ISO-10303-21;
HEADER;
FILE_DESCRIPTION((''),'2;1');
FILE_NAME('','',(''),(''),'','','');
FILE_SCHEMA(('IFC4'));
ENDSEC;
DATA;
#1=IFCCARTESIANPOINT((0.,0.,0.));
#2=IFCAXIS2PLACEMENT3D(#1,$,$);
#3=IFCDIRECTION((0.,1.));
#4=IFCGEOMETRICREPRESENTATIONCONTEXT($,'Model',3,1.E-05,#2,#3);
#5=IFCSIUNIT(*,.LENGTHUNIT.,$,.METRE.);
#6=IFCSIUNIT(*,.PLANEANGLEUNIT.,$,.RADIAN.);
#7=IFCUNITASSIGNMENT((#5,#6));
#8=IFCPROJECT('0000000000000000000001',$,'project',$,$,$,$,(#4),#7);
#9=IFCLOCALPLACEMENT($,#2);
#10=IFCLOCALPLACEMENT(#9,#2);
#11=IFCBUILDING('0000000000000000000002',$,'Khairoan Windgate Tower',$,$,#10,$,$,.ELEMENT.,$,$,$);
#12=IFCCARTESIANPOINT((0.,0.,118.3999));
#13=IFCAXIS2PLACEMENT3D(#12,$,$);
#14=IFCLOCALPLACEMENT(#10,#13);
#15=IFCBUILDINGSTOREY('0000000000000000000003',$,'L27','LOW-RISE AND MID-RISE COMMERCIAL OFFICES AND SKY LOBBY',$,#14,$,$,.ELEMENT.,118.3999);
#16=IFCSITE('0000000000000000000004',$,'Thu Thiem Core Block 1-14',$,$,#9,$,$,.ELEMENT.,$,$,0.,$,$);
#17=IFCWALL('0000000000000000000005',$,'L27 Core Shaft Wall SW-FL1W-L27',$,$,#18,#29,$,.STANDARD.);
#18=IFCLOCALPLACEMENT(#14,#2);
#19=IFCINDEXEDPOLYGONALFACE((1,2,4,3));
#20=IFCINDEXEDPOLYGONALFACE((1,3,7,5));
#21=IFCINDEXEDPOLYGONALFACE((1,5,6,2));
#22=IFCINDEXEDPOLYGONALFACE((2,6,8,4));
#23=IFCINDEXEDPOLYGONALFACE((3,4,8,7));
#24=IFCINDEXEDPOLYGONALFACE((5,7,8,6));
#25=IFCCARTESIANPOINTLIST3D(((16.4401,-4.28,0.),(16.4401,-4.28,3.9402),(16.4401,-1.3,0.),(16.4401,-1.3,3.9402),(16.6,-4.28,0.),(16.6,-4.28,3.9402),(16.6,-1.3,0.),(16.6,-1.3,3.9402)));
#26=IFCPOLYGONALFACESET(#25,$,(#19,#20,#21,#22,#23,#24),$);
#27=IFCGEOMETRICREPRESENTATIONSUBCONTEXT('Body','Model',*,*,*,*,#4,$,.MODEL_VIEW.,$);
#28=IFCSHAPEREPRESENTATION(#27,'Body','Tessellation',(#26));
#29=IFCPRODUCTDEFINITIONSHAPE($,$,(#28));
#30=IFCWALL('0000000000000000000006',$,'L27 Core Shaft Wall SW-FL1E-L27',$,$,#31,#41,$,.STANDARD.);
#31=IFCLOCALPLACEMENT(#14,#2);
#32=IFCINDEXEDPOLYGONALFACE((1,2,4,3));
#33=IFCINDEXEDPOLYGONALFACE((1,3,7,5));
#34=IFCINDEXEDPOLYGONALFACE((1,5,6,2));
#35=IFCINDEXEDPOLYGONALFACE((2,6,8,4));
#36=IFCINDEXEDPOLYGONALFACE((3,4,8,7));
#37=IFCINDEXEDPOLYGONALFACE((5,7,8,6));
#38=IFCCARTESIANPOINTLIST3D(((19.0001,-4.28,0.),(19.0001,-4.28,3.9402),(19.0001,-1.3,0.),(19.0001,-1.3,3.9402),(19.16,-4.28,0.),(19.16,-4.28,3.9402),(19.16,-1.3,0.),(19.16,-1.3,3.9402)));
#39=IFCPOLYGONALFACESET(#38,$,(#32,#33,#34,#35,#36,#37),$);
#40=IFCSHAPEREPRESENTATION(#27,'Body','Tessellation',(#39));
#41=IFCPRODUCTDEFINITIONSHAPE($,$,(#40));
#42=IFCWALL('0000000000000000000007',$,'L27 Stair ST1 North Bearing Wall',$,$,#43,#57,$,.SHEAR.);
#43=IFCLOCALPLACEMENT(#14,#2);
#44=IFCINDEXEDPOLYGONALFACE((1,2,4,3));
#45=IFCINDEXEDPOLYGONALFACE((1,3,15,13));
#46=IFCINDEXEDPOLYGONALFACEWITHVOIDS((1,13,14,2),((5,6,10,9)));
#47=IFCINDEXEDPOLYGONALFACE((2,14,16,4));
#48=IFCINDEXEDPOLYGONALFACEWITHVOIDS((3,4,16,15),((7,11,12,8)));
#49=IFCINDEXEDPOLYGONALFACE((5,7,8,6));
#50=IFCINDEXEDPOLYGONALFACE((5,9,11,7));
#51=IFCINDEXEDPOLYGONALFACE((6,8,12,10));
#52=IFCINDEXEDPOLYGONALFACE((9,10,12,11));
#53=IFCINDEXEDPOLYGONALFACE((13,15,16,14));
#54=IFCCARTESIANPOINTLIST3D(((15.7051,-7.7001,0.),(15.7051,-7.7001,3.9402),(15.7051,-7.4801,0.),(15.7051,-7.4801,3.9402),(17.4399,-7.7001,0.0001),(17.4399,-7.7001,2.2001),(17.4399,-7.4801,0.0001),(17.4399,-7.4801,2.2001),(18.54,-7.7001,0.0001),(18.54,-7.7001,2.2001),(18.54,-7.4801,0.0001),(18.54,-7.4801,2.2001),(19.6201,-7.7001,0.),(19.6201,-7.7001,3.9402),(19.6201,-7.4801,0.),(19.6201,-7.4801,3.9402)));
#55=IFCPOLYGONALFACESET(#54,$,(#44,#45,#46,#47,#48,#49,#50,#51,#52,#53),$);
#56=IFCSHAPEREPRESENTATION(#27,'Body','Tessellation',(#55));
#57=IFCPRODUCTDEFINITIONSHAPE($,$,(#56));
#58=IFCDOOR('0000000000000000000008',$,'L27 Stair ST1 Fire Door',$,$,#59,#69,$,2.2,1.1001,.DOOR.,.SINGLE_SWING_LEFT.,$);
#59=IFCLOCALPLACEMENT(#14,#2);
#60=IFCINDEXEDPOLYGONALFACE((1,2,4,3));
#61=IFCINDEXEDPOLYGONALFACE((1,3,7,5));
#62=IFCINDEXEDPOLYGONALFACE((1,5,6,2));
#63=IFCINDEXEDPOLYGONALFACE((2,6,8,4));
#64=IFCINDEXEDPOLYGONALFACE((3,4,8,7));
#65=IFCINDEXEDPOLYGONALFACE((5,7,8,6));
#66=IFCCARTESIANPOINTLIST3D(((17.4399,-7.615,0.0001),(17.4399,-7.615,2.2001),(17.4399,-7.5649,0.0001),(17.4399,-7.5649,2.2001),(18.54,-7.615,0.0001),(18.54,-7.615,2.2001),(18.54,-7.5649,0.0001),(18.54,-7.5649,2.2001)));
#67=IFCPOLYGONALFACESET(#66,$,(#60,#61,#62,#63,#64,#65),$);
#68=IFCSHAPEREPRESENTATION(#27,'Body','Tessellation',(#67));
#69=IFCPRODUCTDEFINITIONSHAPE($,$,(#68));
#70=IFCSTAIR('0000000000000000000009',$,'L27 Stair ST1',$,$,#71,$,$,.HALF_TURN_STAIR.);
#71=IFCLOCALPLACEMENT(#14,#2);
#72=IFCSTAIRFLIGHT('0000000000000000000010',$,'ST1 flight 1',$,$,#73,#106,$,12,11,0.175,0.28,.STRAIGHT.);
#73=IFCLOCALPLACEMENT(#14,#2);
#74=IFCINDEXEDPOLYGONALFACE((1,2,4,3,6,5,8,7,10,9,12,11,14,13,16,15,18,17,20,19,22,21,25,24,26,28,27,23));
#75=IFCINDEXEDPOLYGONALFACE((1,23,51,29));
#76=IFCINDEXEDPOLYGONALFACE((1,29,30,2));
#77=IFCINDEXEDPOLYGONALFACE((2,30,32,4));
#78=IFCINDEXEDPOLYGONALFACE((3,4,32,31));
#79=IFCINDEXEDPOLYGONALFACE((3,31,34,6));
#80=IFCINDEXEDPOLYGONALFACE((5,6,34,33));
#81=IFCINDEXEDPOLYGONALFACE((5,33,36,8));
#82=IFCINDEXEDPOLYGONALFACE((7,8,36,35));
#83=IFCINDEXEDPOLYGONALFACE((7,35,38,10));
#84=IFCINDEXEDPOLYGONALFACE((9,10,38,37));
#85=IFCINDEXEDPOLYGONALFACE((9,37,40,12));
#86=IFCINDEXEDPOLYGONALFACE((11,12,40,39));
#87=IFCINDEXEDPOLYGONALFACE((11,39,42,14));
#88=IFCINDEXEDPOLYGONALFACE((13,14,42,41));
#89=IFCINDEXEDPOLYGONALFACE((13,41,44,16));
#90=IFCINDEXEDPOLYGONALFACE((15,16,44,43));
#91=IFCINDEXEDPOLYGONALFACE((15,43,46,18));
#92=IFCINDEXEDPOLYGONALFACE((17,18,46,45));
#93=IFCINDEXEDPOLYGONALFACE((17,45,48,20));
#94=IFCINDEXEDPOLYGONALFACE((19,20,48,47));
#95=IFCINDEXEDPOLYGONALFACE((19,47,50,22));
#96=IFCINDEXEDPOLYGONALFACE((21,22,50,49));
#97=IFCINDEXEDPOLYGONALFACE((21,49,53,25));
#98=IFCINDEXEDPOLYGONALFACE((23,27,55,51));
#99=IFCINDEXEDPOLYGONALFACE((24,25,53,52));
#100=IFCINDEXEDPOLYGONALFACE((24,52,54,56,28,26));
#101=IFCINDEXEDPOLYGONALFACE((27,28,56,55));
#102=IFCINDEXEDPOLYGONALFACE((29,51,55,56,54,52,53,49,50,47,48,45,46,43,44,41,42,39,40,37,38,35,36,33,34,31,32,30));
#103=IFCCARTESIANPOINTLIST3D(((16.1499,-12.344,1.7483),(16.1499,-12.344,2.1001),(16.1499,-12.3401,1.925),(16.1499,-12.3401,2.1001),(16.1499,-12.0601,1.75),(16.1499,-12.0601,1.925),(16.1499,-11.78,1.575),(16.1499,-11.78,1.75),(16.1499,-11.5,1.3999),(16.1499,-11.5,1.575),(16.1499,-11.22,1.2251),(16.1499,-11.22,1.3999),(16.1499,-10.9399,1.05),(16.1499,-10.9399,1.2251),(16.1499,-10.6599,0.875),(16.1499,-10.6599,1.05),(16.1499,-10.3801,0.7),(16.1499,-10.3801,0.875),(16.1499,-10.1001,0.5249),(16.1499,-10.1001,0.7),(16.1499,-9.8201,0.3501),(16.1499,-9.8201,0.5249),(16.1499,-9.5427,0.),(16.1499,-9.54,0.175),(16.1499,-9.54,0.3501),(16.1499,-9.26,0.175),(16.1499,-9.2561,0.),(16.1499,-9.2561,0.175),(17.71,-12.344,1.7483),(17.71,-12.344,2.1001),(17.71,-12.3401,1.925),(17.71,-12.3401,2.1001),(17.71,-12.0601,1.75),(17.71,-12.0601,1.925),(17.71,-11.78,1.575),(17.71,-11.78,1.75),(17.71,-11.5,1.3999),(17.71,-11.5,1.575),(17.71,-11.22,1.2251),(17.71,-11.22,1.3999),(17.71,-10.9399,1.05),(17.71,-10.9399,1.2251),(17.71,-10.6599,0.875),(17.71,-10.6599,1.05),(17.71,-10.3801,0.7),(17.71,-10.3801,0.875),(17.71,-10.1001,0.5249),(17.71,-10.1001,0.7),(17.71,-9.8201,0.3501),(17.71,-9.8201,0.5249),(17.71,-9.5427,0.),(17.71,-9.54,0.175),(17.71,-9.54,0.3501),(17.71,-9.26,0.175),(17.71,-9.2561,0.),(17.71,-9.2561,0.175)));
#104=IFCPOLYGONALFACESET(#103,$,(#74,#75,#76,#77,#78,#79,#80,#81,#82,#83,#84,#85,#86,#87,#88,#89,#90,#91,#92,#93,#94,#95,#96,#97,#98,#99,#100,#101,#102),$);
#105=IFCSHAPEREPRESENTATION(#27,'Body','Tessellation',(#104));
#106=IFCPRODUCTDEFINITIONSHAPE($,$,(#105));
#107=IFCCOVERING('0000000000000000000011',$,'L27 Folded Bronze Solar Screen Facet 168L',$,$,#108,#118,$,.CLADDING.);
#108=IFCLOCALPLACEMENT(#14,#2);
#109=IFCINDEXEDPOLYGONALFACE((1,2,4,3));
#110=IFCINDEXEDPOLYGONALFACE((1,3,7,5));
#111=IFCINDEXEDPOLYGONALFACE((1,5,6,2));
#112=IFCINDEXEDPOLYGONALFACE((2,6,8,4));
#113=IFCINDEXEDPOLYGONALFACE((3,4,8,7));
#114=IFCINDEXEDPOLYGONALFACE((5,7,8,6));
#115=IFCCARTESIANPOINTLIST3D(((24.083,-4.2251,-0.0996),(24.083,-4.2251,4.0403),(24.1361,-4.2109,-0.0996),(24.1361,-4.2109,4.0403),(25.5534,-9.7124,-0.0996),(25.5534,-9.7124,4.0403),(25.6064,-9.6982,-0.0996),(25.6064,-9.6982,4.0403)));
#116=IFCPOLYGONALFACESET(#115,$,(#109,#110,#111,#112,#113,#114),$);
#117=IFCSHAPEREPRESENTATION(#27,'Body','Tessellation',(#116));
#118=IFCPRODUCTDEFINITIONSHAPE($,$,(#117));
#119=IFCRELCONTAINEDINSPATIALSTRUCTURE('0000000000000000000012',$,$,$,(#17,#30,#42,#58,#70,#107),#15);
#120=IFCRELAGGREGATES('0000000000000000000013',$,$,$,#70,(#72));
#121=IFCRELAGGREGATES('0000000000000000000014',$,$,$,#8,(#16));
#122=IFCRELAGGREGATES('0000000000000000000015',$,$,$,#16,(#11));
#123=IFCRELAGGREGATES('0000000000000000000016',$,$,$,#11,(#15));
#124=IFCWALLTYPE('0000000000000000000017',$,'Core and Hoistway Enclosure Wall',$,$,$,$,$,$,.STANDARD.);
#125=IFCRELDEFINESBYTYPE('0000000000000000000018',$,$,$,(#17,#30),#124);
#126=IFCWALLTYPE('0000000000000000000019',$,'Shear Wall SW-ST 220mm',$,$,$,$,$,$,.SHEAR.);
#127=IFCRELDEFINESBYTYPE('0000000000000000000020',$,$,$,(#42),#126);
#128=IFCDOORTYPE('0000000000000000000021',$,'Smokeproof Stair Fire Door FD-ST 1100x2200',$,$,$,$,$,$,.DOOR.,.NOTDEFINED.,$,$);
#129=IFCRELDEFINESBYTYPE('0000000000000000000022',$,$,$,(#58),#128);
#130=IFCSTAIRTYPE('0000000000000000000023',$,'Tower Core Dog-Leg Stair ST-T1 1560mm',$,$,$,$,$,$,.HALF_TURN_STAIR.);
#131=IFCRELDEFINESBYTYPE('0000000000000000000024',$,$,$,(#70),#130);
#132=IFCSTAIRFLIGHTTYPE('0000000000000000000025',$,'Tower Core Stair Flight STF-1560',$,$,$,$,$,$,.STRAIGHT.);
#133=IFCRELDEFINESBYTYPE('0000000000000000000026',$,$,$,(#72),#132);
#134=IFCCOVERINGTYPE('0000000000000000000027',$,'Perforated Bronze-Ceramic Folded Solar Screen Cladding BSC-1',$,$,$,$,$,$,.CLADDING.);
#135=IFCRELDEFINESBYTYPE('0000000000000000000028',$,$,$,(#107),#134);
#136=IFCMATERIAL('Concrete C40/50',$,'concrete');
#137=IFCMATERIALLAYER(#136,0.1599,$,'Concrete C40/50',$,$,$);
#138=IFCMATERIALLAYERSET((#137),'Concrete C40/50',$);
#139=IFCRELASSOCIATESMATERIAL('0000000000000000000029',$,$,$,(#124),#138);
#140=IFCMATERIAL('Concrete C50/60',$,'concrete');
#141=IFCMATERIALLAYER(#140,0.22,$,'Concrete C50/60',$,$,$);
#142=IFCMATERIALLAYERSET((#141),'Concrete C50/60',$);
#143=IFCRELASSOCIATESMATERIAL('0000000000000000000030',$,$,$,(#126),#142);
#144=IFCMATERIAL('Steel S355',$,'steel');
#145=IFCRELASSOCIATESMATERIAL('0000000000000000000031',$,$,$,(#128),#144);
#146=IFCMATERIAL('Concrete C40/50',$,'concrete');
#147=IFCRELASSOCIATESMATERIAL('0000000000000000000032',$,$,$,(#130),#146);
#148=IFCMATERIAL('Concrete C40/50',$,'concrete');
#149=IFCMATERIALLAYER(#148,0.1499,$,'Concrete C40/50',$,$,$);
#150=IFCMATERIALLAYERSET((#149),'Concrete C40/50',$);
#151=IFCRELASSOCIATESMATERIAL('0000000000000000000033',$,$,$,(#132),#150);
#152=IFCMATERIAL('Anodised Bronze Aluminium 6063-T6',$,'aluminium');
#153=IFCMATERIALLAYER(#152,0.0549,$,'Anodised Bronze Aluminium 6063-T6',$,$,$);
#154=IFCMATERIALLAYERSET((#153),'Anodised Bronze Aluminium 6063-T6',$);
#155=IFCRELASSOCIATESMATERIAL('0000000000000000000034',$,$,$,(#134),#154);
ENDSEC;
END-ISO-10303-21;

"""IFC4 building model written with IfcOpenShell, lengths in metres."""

from ifc_helpers import new_model, si_unit, direction, frame, frame_2d, origin, origin_2d, place, context, subcontext, project, spatial, polyline, rectangle, outline, extrude, material, layer, layer_set, type_object, element, fill, aggregate, save


model = new_model("IFC4")

# Units and contexts
model_context = context("Model", 3, precision=1e-05, world=origin(), true_north=direction((0.0, 1.0)))
body_context = subcontext(model_context, "Body", "Model", "MODEL_VIEW")
ifc_project = project(units=[si_unit("LENGTHUNIT", "METRE"), si_unit("PLANEANGLEUNIT", "RADIAN")], contexts=[model_context])

# Site, building, storey
site_placement = place(None, origin())
site = spatial("IfcSite", under=ifc_project, at=site_placement, Name="Thu Thiem Core Block 1-14", CompositionType="ELEMENT", RefElevation=0.0)
building_placement = place(site_placement, origin())
building = spatial("IfcBuilding", under=site, at=building_placement, Name="Khairoan Windgate Tower", CompositionType="ELEMENT")
storey_placement = place(building_placement, frame((0.0, 0.0, 118.3999)))
storey = spatial("IfcBuildingStorey", under=building, at=storey_placement, Name="L27", Description="LOW-RISE AND MID-RISE COMMERCIAL OFFICES AND SKY LOBBY", CompositionType="ELEMENT", Elevation=118.3999)

# Walls
ifc_material_1 = material(Name="Concrete C40/50", Category="concrete")
ifc_layer_1 = layer(ifc_material_1, 0.1599, Name="Concrete C40/50")
ifc_layer_set_1 = layer_set([ifc_layer_1], Name="Concrete C40/50")
wall_type_1 = type_object("IfcWallType", Name="Core and Hoistway Enclosure Wall", PredefinedType="STANDARD", material=ifc_layer_set_1)
for number, where, z_axis, x_axis, name in (
    (1, (16.52, -4.28, 0.0), (0.0, 0.0, 1.0), (0.0, 1.0, 0.0), "L27 Core Shaft Wall SW-FL1W-L27"),
    (2, (19.0801, -4.28, 0.0), (0.0, 0.0, 1.0), (0.0, 1.0, 0.0), "L27 Core Shaft Wall SW-FL1E-L27"),
):
    element("IfcWall", number, at=place(storey_placement, frame(where, z_axis=z_axis, x_axis=x_axis)), inside=storey, type_object=wall_type_1, Name=name, PredefinedType="STANDARD", context=body_context, shape_type="SweptSolid", body=[
        extrude(rectangle(XDim=2.98, YDim=0.1599, at=frame_2d((1.49, 0.0))), origin(), (0.0, 0.0, 1.0), 3.9402),
    ])

# Wall, opening, door
ifc_material_2 = material(Name="Concrete C50/60", Category="concrete")
ifc_layer_2 = layer(ifc_material_2, 0.22, Name="Concrete C50/60")
ifc_layer_set_2 = layer_set([ifc_layer_2], Name="Concrete C50/60")
wall_type_2 = type_object("IfcWallType", Name="Shear Wall SW-ST 220mm", PredefinedType="SHEAR", material=ifc_layer_set_2)
wall_placement = place(storey_placement, frame((19.6201, -7.5901, 0.0), z_axis=(0.0, 0.0, 1.0), x_axis=(-1.0, 0.0, 0.0)))
wall = element("IfcWall", 3, at=wall_placement, inside=storey, type_object=wall_type_2, Name="L27 Stair ST1 North Bearing Wall", PredefinedType="SHEAR", context=body_context, shape_type="SweptSolid", body=[
    extrude(rectangle(XDim=3.915, YDim=0.22, at=frame_2d((1.9575, 0.0))), origin(), (0.0, 0.0, 1.0), 3.9402),
])
opening_placement = place(wall_placement, frame((1.0801, 0.0, 0.0)))
opening = element("IfcOpeningElement", 4, at=opening_placement, cuts=wall, PredefinedType="OPENING", context=body_context, shape_type="SweptSolid", body=[
    extrude(rectangle(XDim=1.1001, YDim=2.2, at=frame_2d((0.55, 1.1001))), frame((0.0, 0.1199, 0.0), z_axis=(0.0, -1.0, 0.0), x_axis=(1.0, 0.0, 0.0)), (0.0, 0.0, 1.0), 0.24),
])
ifc_material_3 = material(Name="Steel S355", Category="steel")
door_type = type_object("IfcDoorType", Name="Smokeproof Stair Fire Door FD-ST 1100x2200", OperationType="NOTDEFINED", PredefinedType="DOOR", material=ifc_material_3)
door_placement = place(opening_placement, origin())
door = element("IfcDoor", 5, at=door_placement, inside=storey, type_object=door_type, Name="L27 Stair ST1 Fire Door", OperationType="SINGLE_SWING_LEFT", OverallHeight=2.2, OverallWidth=1.1001, PredefinedType="DOOR", context=body_context, shape_type="SweptSolid", body=[
    extrude(rectangle(XDim=1.1001, YDim=2.2, at=frame_2d((0.55, 1.1001))), frame((0.0, 0.0249, 0.0), z_axis=(0.0, -1.0, 0.0), x_axis=(1.0, 0.0, 0.0)), (0.0, 0.0, 1.0), 0.05),
])
fill(opening, door)

# Stair, stair flight
ifc_material_4 = material(Name="Concrete C40/50", Category="concrete")
stair_type = type_object("IfcStairType", Name="Tower Core Dog-Leg Stair ST-T1 1560mm", PredefinedType="HALF_TURN_STAIR", material=ifc_material_4)
stair_placement = place(storey_placement, origin())
stair = element("IfcStair", 6, at=stair_placement, inside=storey, type_object=stair_type, Name="L27 Stair ST1", PredefinedType="HALF_TURN_STAIR")
ifc_material_5 = material(Name="Concrete C40/50", Category="concrete")
ifc_layer_3 = layer(ifc_material_5, 0.1499, Name="Concrete C40/50")
ifc_layer_set_3 = layer_set([ifc_layer_3], Name="Concrete C40/50")
stair_flight_type = type_object("IfcStairFlightType", Name="Tower Core Stair Flight STF-1560", PredefinedType="STRAIGHT", material=ifc_layer_set_3)
stair_flight_placement = place(storey_placement, frame((16.9299, -9.26, 0.0), z_axis=(0.0, 0.0, 1.0), x_axis=(0.0, -1.0, 0.0)))
stair_flight = element("IfcStairFlight", 7, at=stair_flight_placement, type_object=stair_flight_type, Name="ST1 flight 1", NumberOfRisers=12, NumberOfTreads=11, PredefinedType="STRAIGHT", RiserHeight=0.175, TreadLength=0.28, context=body_context, shape_type="SweptSolid", body=[
    extrude(outline(polyline([(-0.0039, 0.0), (-0.0039, 0.175), (0.0, 0.175), (0.28, 0.175), (0.28, 0.3501), (0.5601, 0.3501), (0.5601, 0.5249), (0.8401, 0.5249), (0.8401, 0.7), (1.1201, 0.7), (1.1201, 0.875), (1.3999, 0.875), (1.3999, 1.05), (1.6799, 1.05), (1.6799, 1.2251), (1.96, 1.2251), (1.96, 1.3999), (2.24, 1.3999), (2.24, 1.575), (2.52, 1.575), (2.52, 1.75), (2.8, 1.75), (2.8, 1.925), (3.0801, 1.925), (3.0801, 2.1001), (3.084, 2.1001), (3.084, 1.7483), (0.2827, 0.0), (-0.0039, 0.0)])), frame((0.0, 0.78, 0.0), z_axis=(0.0, -1.0, 0.0), x_axis=(1.0, 0.0, 0.0)), (0.0, 0.0, 1.0), 1.5601),
])
aggregate(stair, [stair_flight])

# Covering
ifc_material_6 = material(Name="Anodised Bronze Aluminium 6063-T6", Category="aluminium")
ifc_layer_4 = layer(ifc_material_6, 0.0549, Name="Anodised Bronze Aluminium 6063-T6")
ifc_layer_set_4 = layer_set([ifc_layer_4], Name="Anodised Bronze Aluminium 6063-T6")
covering_type = type_object("IfcCoveringType", Name="Perforated Bronze-Ceramic Folded Solar Screen Cladding BSC-1", PredefinedType="CLADDING", material=ifc_layer_set_4)
covering_placement = place(storey_placement, frame((24.8447, -6.9617, -0.0996), z_axis=(0.0, 0.0, 1.0), x_axis=(0.258819, -0.965926, 0.0)))
element("IfcCovering", 8, at=covering_placement, inside=storey, type_object=covering_type, Name="L27 Folded Bronze Solar Screen Facet 168L", PredefinedType="CLADDING", context=body_context, shape_type="SweptSolid", body=[
    extrude(rectangle(XDim=5.6809, YDim=0.0549, at=origin_2d()), origin(), (0.0, 0.0, 1.0), 4.1399),
])

save(model, "model.ifc")
